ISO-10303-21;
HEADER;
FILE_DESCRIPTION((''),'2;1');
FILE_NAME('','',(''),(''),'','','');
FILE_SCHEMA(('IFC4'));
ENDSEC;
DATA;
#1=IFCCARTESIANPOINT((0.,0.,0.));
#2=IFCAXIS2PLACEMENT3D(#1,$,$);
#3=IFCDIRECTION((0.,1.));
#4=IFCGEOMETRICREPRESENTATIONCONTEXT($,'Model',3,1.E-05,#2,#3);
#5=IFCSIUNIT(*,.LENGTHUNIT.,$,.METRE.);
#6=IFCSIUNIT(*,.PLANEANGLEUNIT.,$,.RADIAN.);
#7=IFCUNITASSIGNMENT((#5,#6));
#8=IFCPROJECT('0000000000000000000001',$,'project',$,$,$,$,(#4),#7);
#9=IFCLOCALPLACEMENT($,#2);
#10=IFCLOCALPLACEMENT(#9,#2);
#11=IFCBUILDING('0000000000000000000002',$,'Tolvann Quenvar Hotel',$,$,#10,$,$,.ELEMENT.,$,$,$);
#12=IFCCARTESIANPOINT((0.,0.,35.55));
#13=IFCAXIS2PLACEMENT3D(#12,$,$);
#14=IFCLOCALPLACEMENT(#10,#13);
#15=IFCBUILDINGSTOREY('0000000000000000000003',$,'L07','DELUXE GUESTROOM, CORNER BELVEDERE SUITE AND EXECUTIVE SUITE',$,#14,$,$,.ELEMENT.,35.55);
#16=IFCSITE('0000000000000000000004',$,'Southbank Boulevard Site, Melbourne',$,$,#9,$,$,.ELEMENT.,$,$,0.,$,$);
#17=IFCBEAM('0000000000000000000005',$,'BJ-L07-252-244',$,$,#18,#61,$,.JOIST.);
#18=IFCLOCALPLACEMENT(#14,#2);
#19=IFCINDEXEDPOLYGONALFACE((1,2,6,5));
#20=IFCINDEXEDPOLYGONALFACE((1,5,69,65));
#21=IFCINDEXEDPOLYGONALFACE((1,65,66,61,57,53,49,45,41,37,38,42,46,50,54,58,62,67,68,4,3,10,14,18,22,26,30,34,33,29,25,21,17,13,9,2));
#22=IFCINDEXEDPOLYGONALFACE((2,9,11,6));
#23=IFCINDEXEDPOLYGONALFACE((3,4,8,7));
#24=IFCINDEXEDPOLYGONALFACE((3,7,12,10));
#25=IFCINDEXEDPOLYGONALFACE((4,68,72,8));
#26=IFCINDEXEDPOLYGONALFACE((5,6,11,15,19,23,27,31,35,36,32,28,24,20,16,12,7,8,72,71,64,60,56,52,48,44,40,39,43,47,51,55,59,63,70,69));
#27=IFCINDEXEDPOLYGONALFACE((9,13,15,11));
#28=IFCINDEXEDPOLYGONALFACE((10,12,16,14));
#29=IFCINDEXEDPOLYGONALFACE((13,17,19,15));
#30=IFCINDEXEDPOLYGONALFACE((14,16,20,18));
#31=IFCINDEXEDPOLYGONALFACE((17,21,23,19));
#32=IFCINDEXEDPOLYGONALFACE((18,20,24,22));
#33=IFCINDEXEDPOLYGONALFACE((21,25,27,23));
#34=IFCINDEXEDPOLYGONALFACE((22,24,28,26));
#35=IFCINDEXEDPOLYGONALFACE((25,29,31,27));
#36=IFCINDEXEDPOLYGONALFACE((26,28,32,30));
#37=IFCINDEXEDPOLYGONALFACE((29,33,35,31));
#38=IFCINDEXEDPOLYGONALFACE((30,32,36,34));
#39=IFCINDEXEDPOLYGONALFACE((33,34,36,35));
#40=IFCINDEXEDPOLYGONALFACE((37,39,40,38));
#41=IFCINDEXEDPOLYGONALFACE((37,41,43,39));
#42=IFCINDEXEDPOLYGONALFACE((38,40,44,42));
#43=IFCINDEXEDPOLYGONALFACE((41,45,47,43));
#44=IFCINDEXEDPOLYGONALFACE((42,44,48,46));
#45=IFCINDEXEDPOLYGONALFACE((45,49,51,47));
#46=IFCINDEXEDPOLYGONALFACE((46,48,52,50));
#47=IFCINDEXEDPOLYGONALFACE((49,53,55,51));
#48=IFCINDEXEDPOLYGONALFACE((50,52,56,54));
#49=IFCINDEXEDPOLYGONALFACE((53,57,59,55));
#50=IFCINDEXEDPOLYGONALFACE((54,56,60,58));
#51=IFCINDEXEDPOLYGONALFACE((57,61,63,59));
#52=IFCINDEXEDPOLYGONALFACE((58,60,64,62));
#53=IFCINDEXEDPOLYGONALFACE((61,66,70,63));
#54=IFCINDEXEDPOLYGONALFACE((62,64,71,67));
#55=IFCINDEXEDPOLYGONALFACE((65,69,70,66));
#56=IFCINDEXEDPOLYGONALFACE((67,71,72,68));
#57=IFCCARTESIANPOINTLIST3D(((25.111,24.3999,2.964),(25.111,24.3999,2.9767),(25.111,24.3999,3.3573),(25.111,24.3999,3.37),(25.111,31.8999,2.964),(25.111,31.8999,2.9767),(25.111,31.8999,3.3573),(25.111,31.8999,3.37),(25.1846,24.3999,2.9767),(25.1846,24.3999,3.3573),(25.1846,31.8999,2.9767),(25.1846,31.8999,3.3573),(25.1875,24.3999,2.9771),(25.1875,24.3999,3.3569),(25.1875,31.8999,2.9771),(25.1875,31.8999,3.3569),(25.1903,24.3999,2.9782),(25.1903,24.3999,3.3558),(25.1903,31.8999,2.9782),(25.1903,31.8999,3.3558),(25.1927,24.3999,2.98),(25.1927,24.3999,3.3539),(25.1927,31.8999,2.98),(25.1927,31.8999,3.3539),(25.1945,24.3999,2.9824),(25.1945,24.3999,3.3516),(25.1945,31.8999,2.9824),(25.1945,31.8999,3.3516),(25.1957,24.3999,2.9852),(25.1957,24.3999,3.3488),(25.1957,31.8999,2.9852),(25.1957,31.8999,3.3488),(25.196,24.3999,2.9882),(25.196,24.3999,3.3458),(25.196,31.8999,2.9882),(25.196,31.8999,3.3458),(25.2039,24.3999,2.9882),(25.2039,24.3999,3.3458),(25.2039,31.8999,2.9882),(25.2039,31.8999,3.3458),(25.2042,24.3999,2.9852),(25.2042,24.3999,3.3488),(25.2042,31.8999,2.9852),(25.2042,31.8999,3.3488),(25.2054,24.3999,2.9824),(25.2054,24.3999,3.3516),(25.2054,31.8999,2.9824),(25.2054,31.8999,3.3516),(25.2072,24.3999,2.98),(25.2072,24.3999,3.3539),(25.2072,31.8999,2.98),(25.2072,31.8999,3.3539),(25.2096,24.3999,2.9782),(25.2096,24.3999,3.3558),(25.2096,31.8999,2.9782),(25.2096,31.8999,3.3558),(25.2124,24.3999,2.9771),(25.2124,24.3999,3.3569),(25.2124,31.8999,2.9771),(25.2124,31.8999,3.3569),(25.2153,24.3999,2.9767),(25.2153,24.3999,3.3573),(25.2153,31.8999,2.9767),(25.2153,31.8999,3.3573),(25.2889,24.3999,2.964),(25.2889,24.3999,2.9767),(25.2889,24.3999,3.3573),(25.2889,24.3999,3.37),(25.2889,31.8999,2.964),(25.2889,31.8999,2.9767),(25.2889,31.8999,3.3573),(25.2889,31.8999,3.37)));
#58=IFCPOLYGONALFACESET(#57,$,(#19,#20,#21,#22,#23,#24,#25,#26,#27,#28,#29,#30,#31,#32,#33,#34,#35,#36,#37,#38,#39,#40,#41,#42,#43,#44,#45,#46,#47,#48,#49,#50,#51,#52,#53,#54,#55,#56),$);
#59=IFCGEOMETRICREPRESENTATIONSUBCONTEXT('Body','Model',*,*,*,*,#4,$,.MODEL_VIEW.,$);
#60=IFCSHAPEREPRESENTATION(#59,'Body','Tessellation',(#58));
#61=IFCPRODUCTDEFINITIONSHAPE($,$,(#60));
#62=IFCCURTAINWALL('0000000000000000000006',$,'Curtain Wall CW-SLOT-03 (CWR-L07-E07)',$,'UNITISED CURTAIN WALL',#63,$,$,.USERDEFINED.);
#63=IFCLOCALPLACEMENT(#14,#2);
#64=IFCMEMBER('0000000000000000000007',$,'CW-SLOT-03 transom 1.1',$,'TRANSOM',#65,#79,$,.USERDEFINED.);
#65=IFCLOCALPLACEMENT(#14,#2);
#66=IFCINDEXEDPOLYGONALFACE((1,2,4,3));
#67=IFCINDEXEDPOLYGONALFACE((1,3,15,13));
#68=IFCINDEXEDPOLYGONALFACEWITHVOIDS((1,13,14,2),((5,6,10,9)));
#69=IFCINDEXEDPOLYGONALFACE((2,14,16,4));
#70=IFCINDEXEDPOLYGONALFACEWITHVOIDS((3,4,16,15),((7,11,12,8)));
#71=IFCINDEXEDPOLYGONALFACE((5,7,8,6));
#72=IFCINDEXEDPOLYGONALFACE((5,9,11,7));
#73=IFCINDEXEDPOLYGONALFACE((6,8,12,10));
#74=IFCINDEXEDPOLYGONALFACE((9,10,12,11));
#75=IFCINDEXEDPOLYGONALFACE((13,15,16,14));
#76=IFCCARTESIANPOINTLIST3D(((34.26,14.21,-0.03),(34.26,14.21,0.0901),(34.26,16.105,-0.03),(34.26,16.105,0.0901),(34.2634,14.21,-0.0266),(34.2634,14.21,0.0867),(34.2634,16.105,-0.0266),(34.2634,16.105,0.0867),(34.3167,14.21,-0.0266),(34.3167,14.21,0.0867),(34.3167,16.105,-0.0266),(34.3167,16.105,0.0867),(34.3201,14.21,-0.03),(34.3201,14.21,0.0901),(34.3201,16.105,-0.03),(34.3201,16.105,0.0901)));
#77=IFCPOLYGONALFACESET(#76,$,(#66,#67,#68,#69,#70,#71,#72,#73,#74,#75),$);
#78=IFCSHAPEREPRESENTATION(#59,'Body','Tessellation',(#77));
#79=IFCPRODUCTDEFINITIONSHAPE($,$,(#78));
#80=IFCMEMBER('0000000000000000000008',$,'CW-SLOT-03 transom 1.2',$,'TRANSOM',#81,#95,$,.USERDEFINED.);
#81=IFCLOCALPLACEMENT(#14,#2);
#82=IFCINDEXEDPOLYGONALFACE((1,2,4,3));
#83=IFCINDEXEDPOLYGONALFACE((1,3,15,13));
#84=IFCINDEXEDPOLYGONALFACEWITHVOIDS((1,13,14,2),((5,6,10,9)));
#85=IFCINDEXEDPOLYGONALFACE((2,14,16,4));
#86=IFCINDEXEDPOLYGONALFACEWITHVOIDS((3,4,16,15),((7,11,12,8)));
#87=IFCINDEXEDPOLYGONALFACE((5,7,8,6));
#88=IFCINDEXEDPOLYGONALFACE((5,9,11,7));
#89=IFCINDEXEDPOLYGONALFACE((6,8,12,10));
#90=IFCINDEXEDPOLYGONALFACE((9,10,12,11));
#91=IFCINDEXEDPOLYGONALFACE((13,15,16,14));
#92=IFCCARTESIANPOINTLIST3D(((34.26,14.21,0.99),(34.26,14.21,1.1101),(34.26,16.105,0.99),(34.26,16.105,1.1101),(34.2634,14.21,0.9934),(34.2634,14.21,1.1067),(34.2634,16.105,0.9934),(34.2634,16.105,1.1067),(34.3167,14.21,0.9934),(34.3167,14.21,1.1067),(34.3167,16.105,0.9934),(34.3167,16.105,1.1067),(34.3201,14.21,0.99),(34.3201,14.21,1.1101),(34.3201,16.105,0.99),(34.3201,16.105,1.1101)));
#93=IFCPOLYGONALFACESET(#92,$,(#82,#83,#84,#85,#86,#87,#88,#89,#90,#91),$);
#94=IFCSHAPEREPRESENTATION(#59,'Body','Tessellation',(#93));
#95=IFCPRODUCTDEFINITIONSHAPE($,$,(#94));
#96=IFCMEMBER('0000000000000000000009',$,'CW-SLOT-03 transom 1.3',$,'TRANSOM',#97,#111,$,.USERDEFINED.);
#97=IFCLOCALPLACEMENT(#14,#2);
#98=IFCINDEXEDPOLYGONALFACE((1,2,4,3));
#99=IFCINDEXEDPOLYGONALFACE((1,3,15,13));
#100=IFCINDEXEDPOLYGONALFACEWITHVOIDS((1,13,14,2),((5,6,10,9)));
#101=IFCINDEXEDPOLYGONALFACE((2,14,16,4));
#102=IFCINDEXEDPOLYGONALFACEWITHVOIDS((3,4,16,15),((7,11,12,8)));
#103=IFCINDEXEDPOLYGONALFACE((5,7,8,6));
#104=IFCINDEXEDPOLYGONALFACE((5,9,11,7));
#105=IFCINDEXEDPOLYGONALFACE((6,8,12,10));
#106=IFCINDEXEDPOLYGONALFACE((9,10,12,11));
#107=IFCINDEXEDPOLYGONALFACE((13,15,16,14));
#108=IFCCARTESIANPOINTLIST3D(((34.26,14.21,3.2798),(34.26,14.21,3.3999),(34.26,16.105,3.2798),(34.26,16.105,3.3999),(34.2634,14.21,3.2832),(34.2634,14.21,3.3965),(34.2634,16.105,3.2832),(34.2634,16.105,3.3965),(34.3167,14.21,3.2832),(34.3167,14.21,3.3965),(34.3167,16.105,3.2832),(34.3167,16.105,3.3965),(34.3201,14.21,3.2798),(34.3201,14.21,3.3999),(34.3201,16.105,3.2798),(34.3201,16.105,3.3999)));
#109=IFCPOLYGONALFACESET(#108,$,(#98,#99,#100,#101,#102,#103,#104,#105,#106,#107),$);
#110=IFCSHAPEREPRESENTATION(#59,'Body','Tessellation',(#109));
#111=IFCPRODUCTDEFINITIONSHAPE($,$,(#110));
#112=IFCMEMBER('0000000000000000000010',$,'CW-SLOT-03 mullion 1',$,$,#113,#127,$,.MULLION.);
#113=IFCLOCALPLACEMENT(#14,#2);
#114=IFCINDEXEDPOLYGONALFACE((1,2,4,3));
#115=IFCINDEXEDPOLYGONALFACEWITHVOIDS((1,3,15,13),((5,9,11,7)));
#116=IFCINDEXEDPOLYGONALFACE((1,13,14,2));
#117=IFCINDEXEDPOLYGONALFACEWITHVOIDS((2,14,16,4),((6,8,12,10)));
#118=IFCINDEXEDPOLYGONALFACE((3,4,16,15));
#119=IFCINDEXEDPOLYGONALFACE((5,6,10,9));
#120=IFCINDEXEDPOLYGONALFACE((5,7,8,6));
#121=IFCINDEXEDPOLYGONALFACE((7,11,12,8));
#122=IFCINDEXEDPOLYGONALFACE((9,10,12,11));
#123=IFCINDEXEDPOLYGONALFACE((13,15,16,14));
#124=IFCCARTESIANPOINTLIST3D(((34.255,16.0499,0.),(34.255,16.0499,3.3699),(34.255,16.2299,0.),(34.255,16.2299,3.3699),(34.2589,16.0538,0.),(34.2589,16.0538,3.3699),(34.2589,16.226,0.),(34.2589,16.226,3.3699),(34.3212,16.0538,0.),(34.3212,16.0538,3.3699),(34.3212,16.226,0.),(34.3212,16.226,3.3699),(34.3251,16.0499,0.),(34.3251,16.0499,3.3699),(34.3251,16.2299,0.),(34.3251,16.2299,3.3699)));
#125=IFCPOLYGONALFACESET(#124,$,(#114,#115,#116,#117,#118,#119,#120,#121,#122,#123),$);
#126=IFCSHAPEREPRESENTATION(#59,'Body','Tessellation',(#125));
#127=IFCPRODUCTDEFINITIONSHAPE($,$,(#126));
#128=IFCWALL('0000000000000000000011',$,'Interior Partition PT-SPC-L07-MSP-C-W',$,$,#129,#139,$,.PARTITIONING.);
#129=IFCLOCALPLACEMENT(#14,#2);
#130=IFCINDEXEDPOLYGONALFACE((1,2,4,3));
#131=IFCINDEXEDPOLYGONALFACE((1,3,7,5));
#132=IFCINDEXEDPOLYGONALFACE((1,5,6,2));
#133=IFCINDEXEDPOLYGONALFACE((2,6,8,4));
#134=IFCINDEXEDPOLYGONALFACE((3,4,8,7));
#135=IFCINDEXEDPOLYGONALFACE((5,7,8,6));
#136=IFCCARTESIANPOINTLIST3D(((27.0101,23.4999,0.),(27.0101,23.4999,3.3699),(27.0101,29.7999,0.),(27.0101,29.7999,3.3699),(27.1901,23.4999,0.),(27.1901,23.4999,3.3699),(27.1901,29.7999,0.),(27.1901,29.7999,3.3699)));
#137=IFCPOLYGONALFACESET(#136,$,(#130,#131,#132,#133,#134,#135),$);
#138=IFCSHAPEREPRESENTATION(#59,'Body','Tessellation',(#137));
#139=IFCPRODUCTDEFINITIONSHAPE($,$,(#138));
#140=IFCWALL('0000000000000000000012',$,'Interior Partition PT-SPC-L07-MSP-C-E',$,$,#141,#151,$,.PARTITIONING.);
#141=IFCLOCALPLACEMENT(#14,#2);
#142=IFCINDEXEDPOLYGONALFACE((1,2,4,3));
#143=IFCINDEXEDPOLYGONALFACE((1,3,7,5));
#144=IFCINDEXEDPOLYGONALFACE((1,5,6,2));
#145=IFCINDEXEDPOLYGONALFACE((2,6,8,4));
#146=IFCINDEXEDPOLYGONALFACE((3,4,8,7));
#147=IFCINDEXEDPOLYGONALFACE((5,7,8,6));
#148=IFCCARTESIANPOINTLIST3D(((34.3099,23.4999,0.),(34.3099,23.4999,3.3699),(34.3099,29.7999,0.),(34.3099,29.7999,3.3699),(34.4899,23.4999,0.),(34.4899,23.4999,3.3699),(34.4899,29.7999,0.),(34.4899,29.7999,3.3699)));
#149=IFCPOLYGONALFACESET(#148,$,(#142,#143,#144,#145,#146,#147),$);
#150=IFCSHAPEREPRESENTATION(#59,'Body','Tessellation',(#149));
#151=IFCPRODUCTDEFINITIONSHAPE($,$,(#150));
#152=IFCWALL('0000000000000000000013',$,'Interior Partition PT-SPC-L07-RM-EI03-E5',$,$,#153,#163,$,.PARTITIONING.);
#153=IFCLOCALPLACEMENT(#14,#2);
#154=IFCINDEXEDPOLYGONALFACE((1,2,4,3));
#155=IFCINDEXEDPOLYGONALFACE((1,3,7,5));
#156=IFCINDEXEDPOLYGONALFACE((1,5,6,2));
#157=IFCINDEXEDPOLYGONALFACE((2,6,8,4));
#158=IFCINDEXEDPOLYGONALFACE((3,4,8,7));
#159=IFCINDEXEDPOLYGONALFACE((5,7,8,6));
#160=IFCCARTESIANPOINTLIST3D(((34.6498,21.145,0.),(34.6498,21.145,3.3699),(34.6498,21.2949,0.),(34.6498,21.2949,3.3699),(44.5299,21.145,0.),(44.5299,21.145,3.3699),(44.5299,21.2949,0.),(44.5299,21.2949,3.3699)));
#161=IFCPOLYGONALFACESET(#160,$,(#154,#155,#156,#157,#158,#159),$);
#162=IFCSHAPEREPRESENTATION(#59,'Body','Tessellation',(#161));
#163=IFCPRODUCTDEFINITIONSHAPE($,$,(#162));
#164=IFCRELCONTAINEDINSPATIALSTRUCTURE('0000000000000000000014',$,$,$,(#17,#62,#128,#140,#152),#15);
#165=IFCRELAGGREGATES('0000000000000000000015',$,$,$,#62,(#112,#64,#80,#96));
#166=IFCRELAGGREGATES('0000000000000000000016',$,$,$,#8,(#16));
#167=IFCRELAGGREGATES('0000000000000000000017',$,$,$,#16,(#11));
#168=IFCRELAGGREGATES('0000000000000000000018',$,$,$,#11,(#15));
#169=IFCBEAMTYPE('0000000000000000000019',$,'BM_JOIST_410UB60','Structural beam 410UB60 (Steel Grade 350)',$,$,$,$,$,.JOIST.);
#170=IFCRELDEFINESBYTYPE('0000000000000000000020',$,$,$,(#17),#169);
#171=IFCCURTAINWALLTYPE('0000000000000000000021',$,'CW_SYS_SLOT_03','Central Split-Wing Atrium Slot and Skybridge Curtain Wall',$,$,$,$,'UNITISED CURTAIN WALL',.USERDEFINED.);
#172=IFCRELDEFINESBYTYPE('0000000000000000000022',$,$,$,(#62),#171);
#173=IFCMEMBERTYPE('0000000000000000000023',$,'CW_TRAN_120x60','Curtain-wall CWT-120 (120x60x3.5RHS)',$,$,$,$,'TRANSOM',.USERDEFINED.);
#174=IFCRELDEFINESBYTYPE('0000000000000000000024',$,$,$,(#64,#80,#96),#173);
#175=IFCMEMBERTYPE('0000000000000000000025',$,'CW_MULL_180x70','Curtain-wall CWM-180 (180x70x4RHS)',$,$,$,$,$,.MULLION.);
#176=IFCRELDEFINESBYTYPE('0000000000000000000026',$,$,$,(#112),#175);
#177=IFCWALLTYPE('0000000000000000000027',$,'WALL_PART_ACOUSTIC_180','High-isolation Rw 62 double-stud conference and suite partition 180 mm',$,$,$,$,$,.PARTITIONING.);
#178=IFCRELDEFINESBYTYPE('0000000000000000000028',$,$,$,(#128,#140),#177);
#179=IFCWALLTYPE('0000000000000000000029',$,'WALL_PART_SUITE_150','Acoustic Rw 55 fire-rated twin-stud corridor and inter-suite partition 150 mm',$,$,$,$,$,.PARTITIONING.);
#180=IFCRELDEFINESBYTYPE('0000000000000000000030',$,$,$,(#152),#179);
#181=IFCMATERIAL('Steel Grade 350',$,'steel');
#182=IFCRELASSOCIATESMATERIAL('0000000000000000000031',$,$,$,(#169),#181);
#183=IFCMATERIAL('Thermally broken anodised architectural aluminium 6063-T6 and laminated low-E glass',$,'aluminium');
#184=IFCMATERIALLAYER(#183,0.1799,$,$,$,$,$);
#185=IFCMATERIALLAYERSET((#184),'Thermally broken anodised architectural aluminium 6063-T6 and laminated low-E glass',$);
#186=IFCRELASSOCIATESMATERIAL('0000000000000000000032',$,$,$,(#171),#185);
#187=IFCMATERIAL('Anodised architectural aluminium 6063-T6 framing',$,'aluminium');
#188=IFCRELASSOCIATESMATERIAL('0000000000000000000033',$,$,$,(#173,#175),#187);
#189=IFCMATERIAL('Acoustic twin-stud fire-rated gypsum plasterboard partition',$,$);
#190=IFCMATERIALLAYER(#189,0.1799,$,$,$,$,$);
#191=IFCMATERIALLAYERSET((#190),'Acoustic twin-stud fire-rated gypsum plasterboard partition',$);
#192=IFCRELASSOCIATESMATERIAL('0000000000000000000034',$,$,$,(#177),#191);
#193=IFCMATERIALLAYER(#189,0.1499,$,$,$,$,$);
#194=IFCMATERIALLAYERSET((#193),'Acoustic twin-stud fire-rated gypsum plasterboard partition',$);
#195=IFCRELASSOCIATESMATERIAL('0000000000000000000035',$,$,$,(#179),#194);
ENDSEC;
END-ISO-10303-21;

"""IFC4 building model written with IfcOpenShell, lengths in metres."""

from ifc_helpers import new_model, si_unit, direction, frame, frame_2d, origin, origin_2d, place, context, subcontext, project, spatial, rectangle, hollow_rectangle, i_section, extrude, source, transform, mapped, material, layer, layer_set, material_profile, profile_set, type_object, type_shapes, element, aggregate, save


model = new_model("IFC4")

# Units and contexts
model_context = context("Model", 3, precision=1e-05, world=origin(), true_north=direction((0.0, 1.0)))
body_context = subcontext(model_context, "Body", "Model", "MODEL_VIEW")
ifc_project = project(units=[si_unit("LENGTHUNIT", "METRE"), si_unit("PLANEANGLEUNIT", "RADIAN")], contexts=[model_context])

# Site, building, storey
site_placement = place(None, origin())
site = spatial("IfcSite", under=ifc_project, at=site_placement, Name="Southbank Boulevard Site, Melbourne", CompositionType="ELEMENT", RefElevation=0.0)
building_placement = place(site_placement, origin())
building = spatial("IfcBuilding", under=site, at=building_placement, Name="Tolvann Quenvar Hotel", CompositionType="ELEMENT")
storey_placement = place(building_placement, frame((0.0, 0.0, 35.55)))
storey = spatial("IfcBuildingStorey", under=building, at=storey_placement, Name="L07", Description="DELUXE GUESTROOM, CORNER BELVEDERE SUITE AND EXECUTIVE SUITE", CompositionType="ELEMENT", Elevation=35.55)

# Shared definitions
ifc_material_1 = material(Name="Steel Grade 350", Category="steel")

# Beam
ifc_material_profile_1 = material_profile(ifc_material_1, i_section(OverallWidth=0.178, OverallDepth=0.406, WebThickness=0.0078, FlangeThickness=0.0127, FilletRadius=0.0115, at=origin_2d()), Name="410UB60")
ifc_profile_set_1 = profile_set([ifc_material_profile_1], Name="Steel Grade 350")
beam_type_1 = type_object("IfcBeamType", Name="BM_JOIST_410UB60", Description="Structural beam 410UB60 (Steel Grade 350)", PredefinedType="JOIST", material=ifc_profile_set_1)
shared_shape_1 = source(origin(), body_context, "Body", "SweptSolid", [
    extrude(i_section(OverallWidth=0.178, OverallDepth=0.406, WebThickness=0.0078, FlangeThickness=0.0127, FilletRadius=0.0115, at=origin_2d()), origin(), (0.0, 0.0, 1.0), 7.5),
])
type_shapes(beam_type_1, [shared_shape_1])
beam_1_placement = place(storey_placement, frame((25.2, 24.3999, 3.167), z_axis=(0.0, 1.0, 0.0), x_axis=(-1.0, 0.0, 0.0)))
element("IfcBeam", 1, at=beam_1_placement, inside=storey, type_object=beam_type_1, Name="BJ-L07-252-244", PredefinedType="JOIST", context=body_context, shape_type="MappedRepresentation", body=[
    mapped(shared_shape_1, transform((0.0, 0.0, 0.0), x_axis=(1.0, 0.0, 0.0), y_axis=(0.0, 1.0, 0.0), z_axis=(0.0, 0.0, 1.0), scale=1.0)),
])

# Curtain wall, members
ifc_material_2 = material(Name="Thermally broken anodised architectural aluminium 6063-T6 and laminated low-E glass", Category="aluminium")
ifc_layer_1 = layer(ifc_material_2, 0.1799)
ifc_layer_set_1 = layer_set([ifc_layer_1], Name="Thermally broken anodised architectural aluminium 6063-T6 and laminated low-E glass")
curtain_wall_type = type_object("IfcCurtainWallType", Name="CW_SYS_SLOT_03", Description="Central Split-Wing Atrium Slot and Skybridge Curtain Wall", ElementType="UNITISED CURTAIN WALL", PredefinedType="USERDEFINED", material=ifc_layer_set_1)
curtain_wall_placement = place(storey_placement, origin())
curtain_wall = element("IfcCurtainWall", 2, at=curtain_wall_placement, inside=storey, type_object=curtain_wall_type, Name="Curtain Wall CW-SLOT-03 (CWR-L07-E07)", ObjectType="UNITISED CURTAIN WALL", PredefinedType="USERDEFINED")
ifc_material_3 = material(Name="Anodised architectural aluminium 6063-T6 framing", Category="aluminium")
ifc_material_profile_2 = material_profile(ifc_material_3, hollow_rectangle(XDim=0.0601, YDim=0.1201, WallThickness=0.0034, at=origin_2d()), Name="120x60x3.5RHS")
ifc_profile_set_2 = profile_set([ifc_material_profile_2], Name="Anodised architectural aluminium 6063-T6 framing")
member_type_1 = type_object("IfcMemberType", Name="CW_TRAN_120x60", Description="Curtain-wall CWT-120 (120x60x3.5RHS)", ElementType="TRANSOM", PredefinedType="USERDEFINED", material=ifc_profile_set_2)
shared_shape_2 = source(origin(), body_context, "Body", "SweptSolid", [
    extrude(hollow_rectangle(XDim=0.0601, YDim=0.1201, WallThickness=0.0034, at=origin_2d()), origin(), (0.0, 0.0, 1.0), 1.895),
])
type_shapes(member_type_1, [shared_shape_2])
member_1_placement = place(storey_placement, frame((34.29, 16.105, 0.03), z_axis=(0.0, -1.0, 0.0), x_axis=(1.0, 0.0, 0.0)))
member_1 = element("IfcMember", 3, at=member_1_placement, type_object=member_type_1, Name="CW-SLOT-03 transom 1.1", ObjectType="TRANSOM", PredefinedType="USERDEFINED", context=body_context, shape_type="MappedRepresentation", body=[
    mapped(shared_shape_2, transform((0.0, 0.0, 0.0), x_axis=(1.0, 0.0, 0.0), y_axis=(0.0, 1.0, 0.0), z_axis=(0.0, 0.0, 1.0), scale=1.0)),
])
member_2_placement = place(storey_placement, frame((34.29, 16.105, 1.05), z_axis=(0.0, -1.0, 0.0), x_axis=(1.0, 0.0, 0.0)))
member_2 = element("IfcMember", 4, at=member_2_placement, type_object=member_type_1, Name="CW-SLOT-03 transom 1.2", ObjectType="TRANSOM", PredefinedType="USERDEFINED", context=body_context, shape_type="MappedRepresentation", body=[
    mapped(shared_shape_2, transform((0.0, 0.0, 0.0), x_axis=(1.0, 0.0, 0.0), y_axis=(0.0, 1.0, 0.0), z_axis=(0.0, 0.0, 1.0), scale=1.0)),
])
member_3_placement = place(storey_placement, frame((34.29, 16.105, 3.3398), z_axis=(0.0, -1.0, 0.0), x_axis=(1.0, 0.0, 0.0)))
member_3 = element("IfcMember", 5, at=member_3_placement, type_object=member_type_1, Name="CW-SLOT-03 transom 1.3", ObjectType="TRANSOM", PredefinedType="USERDEFINED", context=body_context, shape_type="MappedRepresentation", body=[
    mapped(shared_shape_2, transform((0.0, 0.0, 0.0), x_axis=(1.0, 0.0, 0.0), y_axis=(0.0, 1.0, 0.0), z_axis=(0.0, 0.0, 1.0), scale=1.0)),
])
ifc_material_profile_3 = material_profile(ifc_material_3, hollow_rectangle(XDim=0.0701, YDim=0.1799, WallThickness=0.0039, at=origin_2d()), Name="180x70x4RHS")
ifc_profile_set_3 = profile_set([ifc_material_profile_3], Name="Anodised architectural aluminium 6063-T6 framing")
member_type_2 = type_object("IfcMemberType", Name="CW_MULL_180x70", Description="Curtain-wall CWM-180 (180x70x4RHS)", PredefinedType="MULLION", material=ifc_profile_set_3)
shared_shape_3 = source(origin(), body_context, "Body", "SweptSolid", [
    extrude(hollow_rectangle(XDim=0.0701, YDim=0.1799, WallThickness=0.0039, at=origin_2d()), origin(), (0.0, 0.0, 1.0), 3.3699),
])
type_shapes(member_type_2, [shared_shape_3])
member_4_placement = place(storey_placement, frame((34.29, 16.1399, 0.0), z_axis=(0.0, 0.0, 1.0), x_axis=(1.0, 0.0, 0.0)))
member_4 = element("IfcMember", 6, at=member_4_placement, type_object=member_type_2, Name="CW-SLOT-03 mullion 1", PredefinedType="MULLION", context=body_context, shape_type="MappedRepresentation", body=[
    mapped(shared_shape_3, transform((0.0, 0.0, 0.0), x_axis=(1.0, 0.0, 0.0), y_axis=(0.0, 1.0, 0.0), z_axis=(0.0, 0.0, 1.0), scale=1.0)),
])
aggregate(curtain_wall, [member_4, member_1, member_2, member_3])

# Shared definitions
ifc_material_4 = material(Name="Acoustic twin-stud fire-rated gypsum plasterboard partition")
ifc_layer_2 = layer(ifc_material_4, 0.1799)
ifc_layer_set_2 = layer_set([ifc_layer_2], Name="Acoustic twin-stud fire-rated gypsum plasterboard partition")
wall_type_1 = type_object("IfcWallType", Name="WALL_PART_ACOUSTIC_180", Description="High-isolation Rw 62 double-stud conference and suite partition 180 mm", PredefinedType="PARTITIONING", material=ifc_layer_set_2)

# Walls
for number, where, z_axis, x_axis, name in (
    (7, (27.1001, 23.5, 0.0), (0.0, 0.0, 1.0), (0.0, 1.0, 0.0), "Interior Partition PT-SPC-L07-MSP-C-W"),
    (8, (34.3999, 23.5, 0.0), (0.0, 0.0, 1.0), (0.0, 1.0, 0.0), "Interior Partition PT-SPC-L07-MSP-C-E"),
):
    element("IfcWall", number, at=place(storey_placement, frame(where, z_axis=z_axis, x_axis=x_axis)), inside=storey, type_object=wall_type_1, Name=name, PredefinedType="PARTITIONING", context=body_context, shape_type="SweptSolid", body=[
        extrude(rectangle(XDim=6.3, YDim=0.1799, at=frame_2d((3.1499, 0.0))), origin(), (0.0, 0.0, 1.0), 3.3699),
    ])
ifc_layer_3 = layer(ifc_material_4, 0.1499)
ifc_layer_set_3 = layer_set([ifc_layer_3], Name="Acoustic twin-stud fire-rated gypsum plasterboard partition")
wall_type_2 = type_object("IfcWallType", Name="WALL_PART_SUITE_150", Description="Acoustic Rw 55 fire-rated twin-stud corridor and inter-suite partition 150 mm", PredefinedType="PARTITIONING", material=ifc_layer_set_3)
wall_1_placement = place(storey_placement, frame((34.6499, 21.22, 0.0), z_axis=(0.0, 0.0, 1.0), x_axis=(1.0, 0.0, 0.0)))
element("IfcWall", 9, at=wall_1_placement, inside=storey, type_object=wall_type_2, Name="Interior Partition PT-SPC-L07-RM-EI03-E5", PredefinedType="PARTITIONING", context=body_context, shape_type="SweptSolid", body=[
    extrude(rectangle(XDim=9.8801, YDim=0.1499, at=frame_2d((4.9399, 0.0))), origin(), (0.0, 0.0, 1.0), 3.3699),
])

save(model, "model.ifc")
